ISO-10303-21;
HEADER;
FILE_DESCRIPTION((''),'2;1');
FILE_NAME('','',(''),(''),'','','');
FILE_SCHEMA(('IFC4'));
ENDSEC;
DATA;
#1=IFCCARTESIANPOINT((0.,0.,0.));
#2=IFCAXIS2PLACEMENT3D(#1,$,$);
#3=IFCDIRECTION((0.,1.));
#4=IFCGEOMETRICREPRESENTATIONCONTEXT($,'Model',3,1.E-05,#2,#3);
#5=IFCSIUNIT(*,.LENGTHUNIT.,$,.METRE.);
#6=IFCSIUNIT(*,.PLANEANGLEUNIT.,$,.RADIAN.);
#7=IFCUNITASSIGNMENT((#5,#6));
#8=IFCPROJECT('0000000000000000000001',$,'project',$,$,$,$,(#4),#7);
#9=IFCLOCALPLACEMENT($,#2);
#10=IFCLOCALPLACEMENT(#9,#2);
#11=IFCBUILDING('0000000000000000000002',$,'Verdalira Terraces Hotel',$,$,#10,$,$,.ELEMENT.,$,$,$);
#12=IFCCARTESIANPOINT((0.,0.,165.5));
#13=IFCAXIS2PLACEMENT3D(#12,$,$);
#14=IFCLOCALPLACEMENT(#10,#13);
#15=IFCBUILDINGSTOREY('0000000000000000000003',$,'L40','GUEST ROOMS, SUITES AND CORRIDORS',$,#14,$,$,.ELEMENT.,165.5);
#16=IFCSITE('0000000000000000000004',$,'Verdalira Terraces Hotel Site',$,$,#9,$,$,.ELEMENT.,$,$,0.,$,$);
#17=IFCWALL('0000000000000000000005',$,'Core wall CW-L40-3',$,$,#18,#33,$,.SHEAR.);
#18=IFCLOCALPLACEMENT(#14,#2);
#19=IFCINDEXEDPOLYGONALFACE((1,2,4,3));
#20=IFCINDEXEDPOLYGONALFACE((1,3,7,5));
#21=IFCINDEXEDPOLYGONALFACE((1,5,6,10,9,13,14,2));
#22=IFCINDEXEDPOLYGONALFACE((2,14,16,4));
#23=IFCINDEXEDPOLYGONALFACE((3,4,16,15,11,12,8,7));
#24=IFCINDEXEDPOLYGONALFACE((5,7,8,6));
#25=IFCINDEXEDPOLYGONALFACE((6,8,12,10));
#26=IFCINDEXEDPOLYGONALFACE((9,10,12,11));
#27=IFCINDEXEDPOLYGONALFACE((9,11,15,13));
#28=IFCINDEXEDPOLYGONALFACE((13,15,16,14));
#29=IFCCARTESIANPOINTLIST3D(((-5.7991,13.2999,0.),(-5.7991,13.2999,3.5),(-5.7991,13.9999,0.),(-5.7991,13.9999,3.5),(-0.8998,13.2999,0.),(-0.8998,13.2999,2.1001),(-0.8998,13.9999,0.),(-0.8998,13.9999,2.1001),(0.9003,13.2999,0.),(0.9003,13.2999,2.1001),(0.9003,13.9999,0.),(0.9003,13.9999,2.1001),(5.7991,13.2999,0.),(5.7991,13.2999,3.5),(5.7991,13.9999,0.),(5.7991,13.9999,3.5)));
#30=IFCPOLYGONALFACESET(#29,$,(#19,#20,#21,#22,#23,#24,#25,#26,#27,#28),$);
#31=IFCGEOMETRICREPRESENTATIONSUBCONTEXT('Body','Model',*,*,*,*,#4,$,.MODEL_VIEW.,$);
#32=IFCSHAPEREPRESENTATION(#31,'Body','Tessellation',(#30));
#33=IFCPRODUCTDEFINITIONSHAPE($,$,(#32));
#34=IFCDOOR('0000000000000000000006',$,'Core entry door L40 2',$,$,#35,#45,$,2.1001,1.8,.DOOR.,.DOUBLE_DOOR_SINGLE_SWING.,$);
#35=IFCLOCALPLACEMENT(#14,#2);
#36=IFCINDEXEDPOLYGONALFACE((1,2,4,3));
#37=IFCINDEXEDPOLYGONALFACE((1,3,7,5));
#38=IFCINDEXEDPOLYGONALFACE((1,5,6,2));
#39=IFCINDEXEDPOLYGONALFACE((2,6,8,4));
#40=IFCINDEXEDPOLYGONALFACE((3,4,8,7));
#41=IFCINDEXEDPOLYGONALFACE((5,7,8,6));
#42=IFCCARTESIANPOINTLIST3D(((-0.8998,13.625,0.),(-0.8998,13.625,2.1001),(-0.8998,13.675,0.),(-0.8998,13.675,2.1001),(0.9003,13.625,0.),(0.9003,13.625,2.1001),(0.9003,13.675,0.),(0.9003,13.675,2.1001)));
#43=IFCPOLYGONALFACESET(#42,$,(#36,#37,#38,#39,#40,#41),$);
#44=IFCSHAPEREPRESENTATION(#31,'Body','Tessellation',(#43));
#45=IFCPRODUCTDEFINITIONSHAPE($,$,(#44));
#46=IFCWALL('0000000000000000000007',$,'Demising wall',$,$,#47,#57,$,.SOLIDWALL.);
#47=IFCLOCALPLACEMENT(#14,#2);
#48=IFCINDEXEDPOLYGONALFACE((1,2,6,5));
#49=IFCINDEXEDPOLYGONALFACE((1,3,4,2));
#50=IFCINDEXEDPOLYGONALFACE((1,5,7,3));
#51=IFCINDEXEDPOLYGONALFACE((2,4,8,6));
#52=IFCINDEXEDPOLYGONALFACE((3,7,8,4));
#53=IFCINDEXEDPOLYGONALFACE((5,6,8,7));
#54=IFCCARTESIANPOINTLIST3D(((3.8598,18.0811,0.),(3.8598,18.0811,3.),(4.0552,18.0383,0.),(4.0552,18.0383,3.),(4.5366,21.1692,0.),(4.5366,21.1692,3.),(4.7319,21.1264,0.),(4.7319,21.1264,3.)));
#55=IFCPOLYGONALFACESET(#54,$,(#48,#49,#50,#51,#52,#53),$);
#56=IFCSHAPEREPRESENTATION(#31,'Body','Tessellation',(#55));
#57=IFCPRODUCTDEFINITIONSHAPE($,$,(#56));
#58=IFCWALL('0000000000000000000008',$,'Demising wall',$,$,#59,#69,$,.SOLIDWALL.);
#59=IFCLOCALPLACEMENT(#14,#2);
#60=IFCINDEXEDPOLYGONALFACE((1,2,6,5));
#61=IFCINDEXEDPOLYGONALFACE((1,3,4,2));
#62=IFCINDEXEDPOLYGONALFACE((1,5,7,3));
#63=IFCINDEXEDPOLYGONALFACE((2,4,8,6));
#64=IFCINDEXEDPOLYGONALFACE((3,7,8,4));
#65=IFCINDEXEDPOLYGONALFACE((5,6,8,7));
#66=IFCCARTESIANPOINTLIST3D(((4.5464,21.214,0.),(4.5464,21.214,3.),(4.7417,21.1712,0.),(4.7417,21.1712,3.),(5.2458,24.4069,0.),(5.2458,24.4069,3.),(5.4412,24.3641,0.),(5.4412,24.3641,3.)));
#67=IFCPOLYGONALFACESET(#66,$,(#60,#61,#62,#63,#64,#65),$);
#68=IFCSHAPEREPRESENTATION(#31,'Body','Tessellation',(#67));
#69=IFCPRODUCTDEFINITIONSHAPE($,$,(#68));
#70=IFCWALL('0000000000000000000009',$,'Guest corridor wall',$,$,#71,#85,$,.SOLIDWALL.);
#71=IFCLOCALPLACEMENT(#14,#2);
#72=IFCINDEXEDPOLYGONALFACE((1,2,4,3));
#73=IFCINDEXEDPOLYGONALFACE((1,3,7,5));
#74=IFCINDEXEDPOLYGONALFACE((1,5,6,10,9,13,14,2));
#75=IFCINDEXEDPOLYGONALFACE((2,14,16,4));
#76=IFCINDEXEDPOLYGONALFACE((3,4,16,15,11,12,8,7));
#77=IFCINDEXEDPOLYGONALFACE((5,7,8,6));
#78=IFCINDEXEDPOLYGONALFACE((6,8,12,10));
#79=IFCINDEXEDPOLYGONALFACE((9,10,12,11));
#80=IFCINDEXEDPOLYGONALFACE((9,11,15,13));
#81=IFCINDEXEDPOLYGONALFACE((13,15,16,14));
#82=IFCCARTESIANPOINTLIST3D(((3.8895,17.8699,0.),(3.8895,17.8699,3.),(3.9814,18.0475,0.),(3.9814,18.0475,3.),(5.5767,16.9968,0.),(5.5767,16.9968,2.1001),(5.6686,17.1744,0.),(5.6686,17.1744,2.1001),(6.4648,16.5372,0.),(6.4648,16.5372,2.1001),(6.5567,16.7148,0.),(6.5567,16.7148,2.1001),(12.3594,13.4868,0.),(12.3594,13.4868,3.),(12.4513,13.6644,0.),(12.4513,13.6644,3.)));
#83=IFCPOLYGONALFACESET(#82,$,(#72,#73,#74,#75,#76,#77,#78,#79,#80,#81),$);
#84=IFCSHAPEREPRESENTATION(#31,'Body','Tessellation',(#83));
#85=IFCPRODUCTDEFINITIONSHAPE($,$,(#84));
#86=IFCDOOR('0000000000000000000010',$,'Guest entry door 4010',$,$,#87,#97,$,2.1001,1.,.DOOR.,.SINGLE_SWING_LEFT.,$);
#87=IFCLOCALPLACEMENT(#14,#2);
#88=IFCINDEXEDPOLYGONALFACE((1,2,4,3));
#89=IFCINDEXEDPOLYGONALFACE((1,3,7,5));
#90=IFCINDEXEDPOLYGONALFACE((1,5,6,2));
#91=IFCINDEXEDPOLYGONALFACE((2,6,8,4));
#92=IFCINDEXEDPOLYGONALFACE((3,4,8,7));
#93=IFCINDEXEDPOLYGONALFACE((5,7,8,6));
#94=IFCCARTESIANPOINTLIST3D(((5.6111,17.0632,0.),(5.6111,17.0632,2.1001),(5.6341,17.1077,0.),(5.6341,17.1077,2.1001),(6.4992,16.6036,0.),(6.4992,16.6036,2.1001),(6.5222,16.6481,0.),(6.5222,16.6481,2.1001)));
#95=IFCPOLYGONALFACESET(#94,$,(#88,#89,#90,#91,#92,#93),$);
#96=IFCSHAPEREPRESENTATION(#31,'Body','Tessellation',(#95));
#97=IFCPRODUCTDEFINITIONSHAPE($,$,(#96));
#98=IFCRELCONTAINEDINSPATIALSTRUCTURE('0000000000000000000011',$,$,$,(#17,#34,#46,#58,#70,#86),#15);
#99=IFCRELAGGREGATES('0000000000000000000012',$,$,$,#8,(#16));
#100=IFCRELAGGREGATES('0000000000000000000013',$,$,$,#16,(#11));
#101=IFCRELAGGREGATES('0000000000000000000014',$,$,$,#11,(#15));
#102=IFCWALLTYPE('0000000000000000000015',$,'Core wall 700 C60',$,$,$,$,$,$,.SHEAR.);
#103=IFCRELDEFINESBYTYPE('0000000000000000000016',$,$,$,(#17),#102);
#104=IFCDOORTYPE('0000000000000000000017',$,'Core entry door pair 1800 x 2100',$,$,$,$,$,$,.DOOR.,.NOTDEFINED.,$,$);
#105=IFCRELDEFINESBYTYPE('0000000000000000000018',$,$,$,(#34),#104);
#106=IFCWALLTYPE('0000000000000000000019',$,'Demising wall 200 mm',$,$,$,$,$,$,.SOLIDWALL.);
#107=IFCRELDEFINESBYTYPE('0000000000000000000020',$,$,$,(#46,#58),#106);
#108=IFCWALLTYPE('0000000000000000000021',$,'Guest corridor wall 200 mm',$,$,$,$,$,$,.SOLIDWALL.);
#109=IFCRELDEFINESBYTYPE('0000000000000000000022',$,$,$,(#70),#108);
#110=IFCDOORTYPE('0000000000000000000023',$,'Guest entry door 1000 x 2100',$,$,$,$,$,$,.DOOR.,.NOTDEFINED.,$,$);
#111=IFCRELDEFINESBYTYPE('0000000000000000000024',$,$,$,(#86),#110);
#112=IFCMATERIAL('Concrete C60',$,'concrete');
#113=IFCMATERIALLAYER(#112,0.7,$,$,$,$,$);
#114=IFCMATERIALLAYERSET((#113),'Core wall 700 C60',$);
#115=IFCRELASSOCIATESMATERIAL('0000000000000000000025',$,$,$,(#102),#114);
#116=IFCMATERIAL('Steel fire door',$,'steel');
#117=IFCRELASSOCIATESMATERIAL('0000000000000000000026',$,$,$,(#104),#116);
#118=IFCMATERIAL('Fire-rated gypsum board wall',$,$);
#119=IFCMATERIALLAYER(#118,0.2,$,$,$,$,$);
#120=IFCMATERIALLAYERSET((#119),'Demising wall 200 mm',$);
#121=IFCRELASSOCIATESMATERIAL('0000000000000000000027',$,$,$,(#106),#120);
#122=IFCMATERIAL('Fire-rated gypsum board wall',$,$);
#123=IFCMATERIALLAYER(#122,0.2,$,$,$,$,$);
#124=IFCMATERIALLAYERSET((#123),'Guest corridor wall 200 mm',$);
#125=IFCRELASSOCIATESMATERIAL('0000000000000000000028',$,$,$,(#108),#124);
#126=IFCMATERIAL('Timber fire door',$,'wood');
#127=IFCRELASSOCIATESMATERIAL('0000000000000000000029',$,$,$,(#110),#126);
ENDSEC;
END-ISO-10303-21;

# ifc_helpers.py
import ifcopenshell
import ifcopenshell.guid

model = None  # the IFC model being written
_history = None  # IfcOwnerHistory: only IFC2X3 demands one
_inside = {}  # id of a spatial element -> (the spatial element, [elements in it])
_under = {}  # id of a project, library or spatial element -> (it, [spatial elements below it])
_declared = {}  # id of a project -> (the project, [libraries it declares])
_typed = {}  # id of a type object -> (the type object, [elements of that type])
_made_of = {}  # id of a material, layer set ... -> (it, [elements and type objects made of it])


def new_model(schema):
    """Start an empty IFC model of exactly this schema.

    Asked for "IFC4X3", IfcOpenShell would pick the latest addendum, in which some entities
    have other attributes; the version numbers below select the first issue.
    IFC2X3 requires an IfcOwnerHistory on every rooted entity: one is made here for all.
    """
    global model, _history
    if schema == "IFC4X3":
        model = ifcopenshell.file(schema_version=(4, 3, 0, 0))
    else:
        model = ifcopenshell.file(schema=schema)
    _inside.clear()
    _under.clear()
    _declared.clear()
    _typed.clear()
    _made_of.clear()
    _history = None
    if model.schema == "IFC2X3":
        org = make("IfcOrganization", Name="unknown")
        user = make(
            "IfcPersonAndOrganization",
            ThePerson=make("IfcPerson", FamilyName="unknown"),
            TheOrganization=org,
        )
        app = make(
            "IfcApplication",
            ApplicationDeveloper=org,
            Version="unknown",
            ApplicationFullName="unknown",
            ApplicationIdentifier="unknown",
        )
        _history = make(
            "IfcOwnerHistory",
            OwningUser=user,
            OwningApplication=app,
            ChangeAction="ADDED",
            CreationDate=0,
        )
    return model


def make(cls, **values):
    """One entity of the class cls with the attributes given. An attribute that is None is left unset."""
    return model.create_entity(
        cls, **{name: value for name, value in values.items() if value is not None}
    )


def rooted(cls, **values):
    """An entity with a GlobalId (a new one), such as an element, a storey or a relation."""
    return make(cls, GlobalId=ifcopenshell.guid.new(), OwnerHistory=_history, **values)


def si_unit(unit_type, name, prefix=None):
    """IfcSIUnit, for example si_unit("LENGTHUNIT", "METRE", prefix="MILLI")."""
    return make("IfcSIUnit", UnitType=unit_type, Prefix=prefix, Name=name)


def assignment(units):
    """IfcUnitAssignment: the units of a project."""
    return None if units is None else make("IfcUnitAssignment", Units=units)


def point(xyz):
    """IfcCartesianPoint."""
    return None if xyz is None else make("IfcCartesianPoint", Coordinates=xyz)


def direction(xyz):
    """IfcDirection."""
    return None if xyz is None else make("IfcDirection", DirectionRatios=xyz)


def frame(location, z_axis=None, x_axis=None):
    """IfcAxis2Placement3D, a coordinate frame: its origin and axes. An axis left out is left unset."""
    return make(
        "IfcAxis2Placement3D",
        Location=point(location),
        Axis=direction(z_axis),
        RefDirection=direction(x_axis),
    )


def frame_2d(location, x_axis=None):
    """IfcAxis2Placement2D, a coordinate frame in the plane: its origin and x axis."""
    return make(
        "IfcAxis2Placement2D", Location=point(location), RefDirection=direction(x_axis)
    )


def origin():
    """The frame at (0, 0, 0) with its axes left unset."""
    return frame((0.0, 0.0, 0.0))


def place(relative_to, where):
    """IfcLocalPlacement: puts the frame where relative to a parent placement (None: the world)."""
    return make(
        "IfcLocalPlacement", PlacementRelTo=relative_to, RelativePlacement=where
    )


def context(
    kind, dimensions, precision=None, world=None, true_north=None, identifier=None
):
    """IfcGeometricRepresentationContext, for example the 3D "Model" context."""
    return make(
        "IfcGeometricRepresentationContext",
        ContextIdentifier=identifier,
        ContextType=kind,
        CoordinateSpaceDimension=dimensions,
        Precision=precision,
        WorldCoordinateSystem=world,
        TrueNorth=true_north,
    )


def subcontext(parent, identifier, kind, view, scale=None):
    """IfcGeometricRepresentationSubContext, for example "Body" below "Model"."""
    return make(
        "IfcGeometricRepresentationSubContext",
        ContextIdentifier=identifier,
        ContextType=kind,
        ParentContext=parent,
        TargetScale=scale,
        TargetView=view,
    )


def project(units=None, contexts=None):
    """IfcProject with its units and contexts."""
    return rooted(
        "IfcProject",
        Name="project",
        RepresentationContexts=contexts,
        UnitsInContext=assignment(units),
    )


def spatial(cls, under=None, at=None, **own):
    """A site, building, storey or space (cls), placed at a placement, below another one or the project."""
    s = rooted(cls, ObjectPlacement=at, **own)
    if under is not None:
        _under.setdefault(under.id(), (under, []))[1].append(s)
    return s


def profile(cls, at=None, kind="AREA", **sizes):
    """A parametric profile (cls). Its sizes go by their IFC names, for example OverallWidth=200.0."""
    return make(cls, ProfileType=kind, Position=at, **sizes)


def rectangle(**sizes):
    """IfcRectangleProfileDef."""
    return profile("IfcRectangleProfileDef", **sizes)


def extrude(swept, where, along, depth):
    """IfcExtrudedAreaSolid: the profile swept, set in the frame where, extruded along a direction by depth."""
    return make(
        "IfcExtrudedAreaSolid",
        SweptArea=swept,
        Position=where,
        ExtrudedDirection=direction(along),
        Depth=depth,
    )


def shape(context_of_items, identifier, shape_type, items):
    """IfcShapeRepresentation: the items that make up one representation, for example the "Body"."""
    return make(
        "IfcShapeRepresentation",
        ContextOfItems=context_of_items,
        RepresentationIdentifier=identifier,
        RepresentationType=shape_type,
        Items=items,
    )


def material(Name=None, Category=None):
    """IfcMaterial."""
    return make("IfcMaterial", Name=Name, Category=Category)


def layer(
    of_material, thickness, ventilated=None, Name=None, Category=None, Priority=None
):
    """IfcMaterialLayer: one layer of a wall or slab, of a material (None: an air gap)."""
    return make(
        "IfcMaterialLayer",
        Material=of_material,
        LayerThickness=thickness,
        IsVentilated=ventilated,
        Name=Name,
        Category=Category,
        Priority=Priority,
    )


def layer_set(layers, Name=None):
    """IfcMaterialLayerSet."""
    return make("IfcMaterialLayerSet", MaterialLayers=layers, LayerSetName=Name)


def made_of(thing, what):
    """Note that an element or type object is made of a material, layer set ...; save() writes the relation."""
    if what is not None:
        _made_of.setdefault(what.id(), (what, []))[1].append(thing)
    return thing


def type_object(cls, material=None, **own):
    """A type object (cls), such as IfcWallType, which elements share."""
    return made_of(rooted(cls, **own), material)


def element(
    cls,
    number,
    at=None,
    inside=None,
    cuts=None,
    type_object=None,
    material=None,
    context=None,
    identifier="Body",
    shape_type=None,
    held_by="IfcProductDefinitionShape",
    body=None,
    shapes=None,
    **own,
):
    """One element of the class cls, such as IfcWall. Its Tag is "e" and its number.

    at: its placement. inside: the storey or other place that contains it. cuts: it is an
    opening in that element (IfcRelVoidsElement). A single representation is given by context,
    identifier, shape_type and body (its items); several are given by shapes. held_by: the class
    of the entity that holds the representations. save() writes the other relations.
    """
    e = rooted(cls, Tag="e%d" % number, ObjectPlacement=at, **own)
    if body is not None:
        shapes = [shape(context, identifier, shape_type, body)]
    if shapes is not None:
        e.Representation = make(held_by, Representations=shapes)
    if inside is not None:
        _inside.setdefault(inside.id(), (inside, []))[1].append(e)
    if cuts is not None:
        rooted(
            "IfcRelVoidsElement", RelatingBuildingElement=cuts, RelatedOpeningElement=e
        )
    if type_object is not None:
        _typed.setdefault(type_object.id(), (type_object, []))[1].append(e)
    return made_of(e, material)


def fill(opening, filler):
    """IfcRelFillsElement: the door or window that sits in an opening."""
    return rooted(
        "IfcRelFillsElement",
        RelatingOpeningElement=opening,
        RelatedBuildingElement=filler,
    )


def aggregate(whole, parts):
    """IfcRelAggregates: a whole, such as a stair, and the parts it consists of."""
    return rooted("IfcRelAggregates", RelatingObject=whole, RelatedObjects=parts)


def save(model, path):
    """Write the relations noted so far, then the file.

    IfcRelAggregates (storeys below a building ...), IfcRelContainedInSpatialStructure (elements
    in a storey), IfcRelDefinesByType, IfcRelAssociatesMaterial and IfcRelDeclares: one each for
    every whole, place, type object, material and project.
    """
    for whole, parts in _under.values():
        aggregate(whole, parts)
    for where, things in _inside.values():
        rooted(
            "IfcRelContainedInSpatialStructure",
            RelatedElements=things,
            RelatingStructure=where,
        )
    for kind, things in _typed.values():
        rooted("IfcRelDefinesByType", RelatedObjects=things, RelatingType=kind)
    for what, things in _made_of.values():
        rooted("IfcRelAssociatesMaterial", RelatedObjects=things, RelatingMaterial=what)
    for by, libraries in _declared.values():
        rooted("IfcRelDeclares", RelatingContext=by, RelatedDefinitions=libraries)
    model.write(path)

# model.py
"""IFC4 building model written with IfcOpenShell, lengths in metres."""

from ifc_helpers import new_model, si_unit, direction, frame, frame_2d, origin, place, context, subcontext, project, spatial, rectangle, extrude, material, layer, layer_set, type_object, element, fill, save


model = new_model("IFC4")

# Units and contexts
model_context = context("Model", 3, precision=1e-05, world=origin(), true_north=direction((0.0, 1.0)))
body_context = subcontext(model_context, "Body", "Model", "MODEL_VIEW")
ifc_project = project(units=[si_unit("LENGTHUNIT", "METRE"), si_unit("PLANEANGLEUNIT", "RADIAN")], contexts=[model_context])

# Site, building, storey
site_placement = place(None, origin())
site = spatial("IfcSite", under=ifc_project, at=site_placement, Name="Verdalira Terraces Hotel Site", CompositionType="ELEMENT", RefElevation=0.0)
building_placement = place(site_placement, origin())
building = spatial("IfcBuilding", under=site, at=building_placement, Name="Verdalira Terraces Hotel", CompositionType="ELEMENT")
storey_placement = place(building_placement, frame((0.0, 0.0, 165.5)))
storey = spatial("IfcBuildingStorey", under=building, at=storey_placement, Name="L40", Description="GUEST ROOMS, SUITES AND CORRIDORS", CompositionType="ELEMENT", Elevation=165.5)

# Wall, opening, door
ifc_material_1 = material(Name="Concrete C60", Category="concrete")
ifc_layer_1 = layer(ifc_material_1, 0.7)
ifc_layer_set_1 = layer_set([ifc_layer_1], Name="Core wall 700 C60")
wall_type_1 = type_object("IfcWallType", Name="Core wall 700 C60", PredefinedType="SHEAR", material=ifc_layer_set_1)
wall_1_placement = place(storey_placement, frame((5.7991, 13.6499, 0.0), z_axis=(0.0, 0.0, 1.0), x_axis=(-1.0, 0.0, 0.0)))
wall_1 = element("IfcWall", 1, at=wall_1_placement, inside=storey, type_object=wall_type_1, Name="Core wall CW-L40-3", PredefinedType="SHEAR", context=body_context, shape_type="SweptSolid", body=[
    extrude(rectangle(XDim=11.5981, YDim=0.7, at=frame_2d((5.7991, 0.0))), origin(), (0.0, 0.0, 1.0), 3.5),
])
opening_1_placement = place(wall_1_placement, frame((4.8989, 0.0, 0.0)))
opening_1 = element("IfcOpeningElement", 2, at=opening_1_placement, cuts=wall_1, PredefinedType="OPENING", context=body_context, shape_type="SweptSolid", body=[
    extrude(rectangle(XDim=1.8, YDim=2.1001, at=frame_2d((0.8999, 1.05))), frame((0.0, 0.3599, 0.0), z_axis=(0.0, -1.0, 0.0), x_axis=(1.0, 0.0, 0.0)), (0.0, 0.0, 1.0), 0.72),
])
ifc_material_2 = material(Name="Steel fire door", Category="steel")
door_type_1 = type_object("IfcDoorType", Name="Core entry door pair 1800 x 2100", OperationType="NOTDEFINED", PredefinedType="DOOR", material=ifc_material_2)
door_1_placement = place(opening_1_placement, origin())
door_1 = element("IfcDoor", 3, at=door_1_placement, inside=storey, type_object=door_type_1, Name="Core entry door L40 2", OperationType="DOUBLE_DOOR_SINGLE_SWING", OverallHeight=2.1001, OverallWidth=1.8, PredefinedType="DOOR", context=body_context, shape_type="SweptSolid", body=[
    extrude(rectangle(XDim=1.8, YDim=2.1001, at=frame_2d((0.8999, 1.05))), frame((0.0, 0.0249, 0.0), z_axis=(0.0, -1.0, 0.0), x_axis=(1.0, 0.0, 0.0)), (0.0, 0.0, 1.0), 0.05),
])
fill(opening_1, door_1)

# Walls
ifc_material_3 = material(Name="Fire-rated gypsum board wall")
ifc_layer_2 = layer(ifc_material_3, 0.2)
ifc_layer_set_2 = layer_set([ifc_layer_2], Name="Demising wall 200 mm")
wall_type_2 = type_object("IfcWallType", Name="Demising wall 200 mm", PredefinedType="SOLIDWALL", material=ifc_layer_set_2)
wall_2_placement = place(storey_placement, frame((3.9575, 18.0598, 0.0), z_axis=(0.0, 0.0, 1.0), x_axis=(0.214068, 0.976819, 0.0)))
element("IfcWall", 4, at=wall_2_placement, inside=storey, type_object=wall_type_2, Name="Demising wall", PredefinedType="SOLIDWALL", context=body_context, shape_type="SweptSolid", body=[
    extrude(rectangle(XDim=3.1614, YDim=0.2, at=frame_2d((1.5806, 0.0))), origin(), (0.0, 0.0, 1.0), 3.0),
])
wall_3_placement = place(storey_placement, frame((4.644, 21.1926, 0.0), z_axis=(0.0, 0.0, 1.0), x_axis=(0.213995, 0.976835, 0.0)))
element("IfcWall", 5, at=wall_3_placement, inside=storey, type_object=wall_type_2, Name="Demising wall", PredefinedType="SOLIDWALL", context=body_context, shape_type="SweptSolid", body=[
    extrude(rectangle(XDim=3.2686, YDim=0.2, at=frame_2d((1.6343, 0.0))), origin(), (0.0, 0.0, 1.0), 3.0),
])

# Wall, opening, door
ifc_material_4 = material(Name="Fire-rated gypsum board wall")
ifc_layer_3 = layer(ifc_material_4, 0.2)
ifc_layer_set_3 = layer_set([ifc_layer_3], Name="Guest corridor wall 200 mm")
wall_type_3 = type_object("IfcWallType", Name="Guest corridor wall 200 mm", PredefinedType="SOLIDWALL", material=ifc_layer_set_3)
wall_4_placement = place(storey_placement, frame((3.9353, 17.9587, 0.0), z_axis=(0.0, 0.0, 1.0), x_axis=(0.88813, -0.459591, 0.0)))
wall_4 = element("IfcWall", 6, at=wall_4_placement, inside=storey, type_object=wall_type_3, Name="Guest corridor wall", PredefinedType="SOLIDWALL", context=body_context, shape_type="SweptSolid", body=[
    extrude(rectangle(XDim=9.5369, YDim=0.2, at=frame_2d((4.7686, 0.0))), origin(), (0.0, 0.0, 1.0), 3.0),
])
opening_2_placement = place(wall_4_placement, frame((1.8999, 0.0, 0.0)))
opening_2 = element("IfcOpeningElement", 7, at=opening_2_placement, cuts=wall_4, PredefinedType="OPENING", context=body_context, shape_type="SweptSolid", body=[
    extrude(rectangle(XDim=1.0, YDim=2.1001, at=frame_2d((0.5, 1.05))), frame((0.0, 0.1099, 0.0), z_axis=(0.0, -1.0, 0.0), x_axis=(1.0, 0.0, 0.0)), (0.0, 0.0, 1.0), 0.22),
])
ifc_material_5 = material(Name="Timber fire door", Category="wood")
door_type_2 = type_object("IfcDoorType", Name="Guest entry door 1000 x 2100", OperationType="NOTDEFINED", PredefinedType="DOOR", material=ifc_material_5)
door_2_placement = place(opening_2_placement, origin())
door_2 = element("IfcDoor", 8, at=door_2_placement, inside=storey, type_object=door_type_2, Name="Guest entry door 4010", OperationType="SINGLE_SWING_LEFT", OverallHeight=2.1001, OverallWidth=1.0, PredefinedType="DOOR", context=body_context, shape_type="SweptSolid", body=[
    extrude(rectangle(XDim=1.0, YDim=2.1001, at=frame_2d((0.5, 1.05))), frame((0.0, 0.0249, 0.0), z_axis=(0.0, -1.0, 0.0), x_axis=(1.0, 0.0, 0.0)), (0.0, 0.0, 1.0), 0.05),
])
fill(opening_2, door_2)

save(model, "model.ifc")
